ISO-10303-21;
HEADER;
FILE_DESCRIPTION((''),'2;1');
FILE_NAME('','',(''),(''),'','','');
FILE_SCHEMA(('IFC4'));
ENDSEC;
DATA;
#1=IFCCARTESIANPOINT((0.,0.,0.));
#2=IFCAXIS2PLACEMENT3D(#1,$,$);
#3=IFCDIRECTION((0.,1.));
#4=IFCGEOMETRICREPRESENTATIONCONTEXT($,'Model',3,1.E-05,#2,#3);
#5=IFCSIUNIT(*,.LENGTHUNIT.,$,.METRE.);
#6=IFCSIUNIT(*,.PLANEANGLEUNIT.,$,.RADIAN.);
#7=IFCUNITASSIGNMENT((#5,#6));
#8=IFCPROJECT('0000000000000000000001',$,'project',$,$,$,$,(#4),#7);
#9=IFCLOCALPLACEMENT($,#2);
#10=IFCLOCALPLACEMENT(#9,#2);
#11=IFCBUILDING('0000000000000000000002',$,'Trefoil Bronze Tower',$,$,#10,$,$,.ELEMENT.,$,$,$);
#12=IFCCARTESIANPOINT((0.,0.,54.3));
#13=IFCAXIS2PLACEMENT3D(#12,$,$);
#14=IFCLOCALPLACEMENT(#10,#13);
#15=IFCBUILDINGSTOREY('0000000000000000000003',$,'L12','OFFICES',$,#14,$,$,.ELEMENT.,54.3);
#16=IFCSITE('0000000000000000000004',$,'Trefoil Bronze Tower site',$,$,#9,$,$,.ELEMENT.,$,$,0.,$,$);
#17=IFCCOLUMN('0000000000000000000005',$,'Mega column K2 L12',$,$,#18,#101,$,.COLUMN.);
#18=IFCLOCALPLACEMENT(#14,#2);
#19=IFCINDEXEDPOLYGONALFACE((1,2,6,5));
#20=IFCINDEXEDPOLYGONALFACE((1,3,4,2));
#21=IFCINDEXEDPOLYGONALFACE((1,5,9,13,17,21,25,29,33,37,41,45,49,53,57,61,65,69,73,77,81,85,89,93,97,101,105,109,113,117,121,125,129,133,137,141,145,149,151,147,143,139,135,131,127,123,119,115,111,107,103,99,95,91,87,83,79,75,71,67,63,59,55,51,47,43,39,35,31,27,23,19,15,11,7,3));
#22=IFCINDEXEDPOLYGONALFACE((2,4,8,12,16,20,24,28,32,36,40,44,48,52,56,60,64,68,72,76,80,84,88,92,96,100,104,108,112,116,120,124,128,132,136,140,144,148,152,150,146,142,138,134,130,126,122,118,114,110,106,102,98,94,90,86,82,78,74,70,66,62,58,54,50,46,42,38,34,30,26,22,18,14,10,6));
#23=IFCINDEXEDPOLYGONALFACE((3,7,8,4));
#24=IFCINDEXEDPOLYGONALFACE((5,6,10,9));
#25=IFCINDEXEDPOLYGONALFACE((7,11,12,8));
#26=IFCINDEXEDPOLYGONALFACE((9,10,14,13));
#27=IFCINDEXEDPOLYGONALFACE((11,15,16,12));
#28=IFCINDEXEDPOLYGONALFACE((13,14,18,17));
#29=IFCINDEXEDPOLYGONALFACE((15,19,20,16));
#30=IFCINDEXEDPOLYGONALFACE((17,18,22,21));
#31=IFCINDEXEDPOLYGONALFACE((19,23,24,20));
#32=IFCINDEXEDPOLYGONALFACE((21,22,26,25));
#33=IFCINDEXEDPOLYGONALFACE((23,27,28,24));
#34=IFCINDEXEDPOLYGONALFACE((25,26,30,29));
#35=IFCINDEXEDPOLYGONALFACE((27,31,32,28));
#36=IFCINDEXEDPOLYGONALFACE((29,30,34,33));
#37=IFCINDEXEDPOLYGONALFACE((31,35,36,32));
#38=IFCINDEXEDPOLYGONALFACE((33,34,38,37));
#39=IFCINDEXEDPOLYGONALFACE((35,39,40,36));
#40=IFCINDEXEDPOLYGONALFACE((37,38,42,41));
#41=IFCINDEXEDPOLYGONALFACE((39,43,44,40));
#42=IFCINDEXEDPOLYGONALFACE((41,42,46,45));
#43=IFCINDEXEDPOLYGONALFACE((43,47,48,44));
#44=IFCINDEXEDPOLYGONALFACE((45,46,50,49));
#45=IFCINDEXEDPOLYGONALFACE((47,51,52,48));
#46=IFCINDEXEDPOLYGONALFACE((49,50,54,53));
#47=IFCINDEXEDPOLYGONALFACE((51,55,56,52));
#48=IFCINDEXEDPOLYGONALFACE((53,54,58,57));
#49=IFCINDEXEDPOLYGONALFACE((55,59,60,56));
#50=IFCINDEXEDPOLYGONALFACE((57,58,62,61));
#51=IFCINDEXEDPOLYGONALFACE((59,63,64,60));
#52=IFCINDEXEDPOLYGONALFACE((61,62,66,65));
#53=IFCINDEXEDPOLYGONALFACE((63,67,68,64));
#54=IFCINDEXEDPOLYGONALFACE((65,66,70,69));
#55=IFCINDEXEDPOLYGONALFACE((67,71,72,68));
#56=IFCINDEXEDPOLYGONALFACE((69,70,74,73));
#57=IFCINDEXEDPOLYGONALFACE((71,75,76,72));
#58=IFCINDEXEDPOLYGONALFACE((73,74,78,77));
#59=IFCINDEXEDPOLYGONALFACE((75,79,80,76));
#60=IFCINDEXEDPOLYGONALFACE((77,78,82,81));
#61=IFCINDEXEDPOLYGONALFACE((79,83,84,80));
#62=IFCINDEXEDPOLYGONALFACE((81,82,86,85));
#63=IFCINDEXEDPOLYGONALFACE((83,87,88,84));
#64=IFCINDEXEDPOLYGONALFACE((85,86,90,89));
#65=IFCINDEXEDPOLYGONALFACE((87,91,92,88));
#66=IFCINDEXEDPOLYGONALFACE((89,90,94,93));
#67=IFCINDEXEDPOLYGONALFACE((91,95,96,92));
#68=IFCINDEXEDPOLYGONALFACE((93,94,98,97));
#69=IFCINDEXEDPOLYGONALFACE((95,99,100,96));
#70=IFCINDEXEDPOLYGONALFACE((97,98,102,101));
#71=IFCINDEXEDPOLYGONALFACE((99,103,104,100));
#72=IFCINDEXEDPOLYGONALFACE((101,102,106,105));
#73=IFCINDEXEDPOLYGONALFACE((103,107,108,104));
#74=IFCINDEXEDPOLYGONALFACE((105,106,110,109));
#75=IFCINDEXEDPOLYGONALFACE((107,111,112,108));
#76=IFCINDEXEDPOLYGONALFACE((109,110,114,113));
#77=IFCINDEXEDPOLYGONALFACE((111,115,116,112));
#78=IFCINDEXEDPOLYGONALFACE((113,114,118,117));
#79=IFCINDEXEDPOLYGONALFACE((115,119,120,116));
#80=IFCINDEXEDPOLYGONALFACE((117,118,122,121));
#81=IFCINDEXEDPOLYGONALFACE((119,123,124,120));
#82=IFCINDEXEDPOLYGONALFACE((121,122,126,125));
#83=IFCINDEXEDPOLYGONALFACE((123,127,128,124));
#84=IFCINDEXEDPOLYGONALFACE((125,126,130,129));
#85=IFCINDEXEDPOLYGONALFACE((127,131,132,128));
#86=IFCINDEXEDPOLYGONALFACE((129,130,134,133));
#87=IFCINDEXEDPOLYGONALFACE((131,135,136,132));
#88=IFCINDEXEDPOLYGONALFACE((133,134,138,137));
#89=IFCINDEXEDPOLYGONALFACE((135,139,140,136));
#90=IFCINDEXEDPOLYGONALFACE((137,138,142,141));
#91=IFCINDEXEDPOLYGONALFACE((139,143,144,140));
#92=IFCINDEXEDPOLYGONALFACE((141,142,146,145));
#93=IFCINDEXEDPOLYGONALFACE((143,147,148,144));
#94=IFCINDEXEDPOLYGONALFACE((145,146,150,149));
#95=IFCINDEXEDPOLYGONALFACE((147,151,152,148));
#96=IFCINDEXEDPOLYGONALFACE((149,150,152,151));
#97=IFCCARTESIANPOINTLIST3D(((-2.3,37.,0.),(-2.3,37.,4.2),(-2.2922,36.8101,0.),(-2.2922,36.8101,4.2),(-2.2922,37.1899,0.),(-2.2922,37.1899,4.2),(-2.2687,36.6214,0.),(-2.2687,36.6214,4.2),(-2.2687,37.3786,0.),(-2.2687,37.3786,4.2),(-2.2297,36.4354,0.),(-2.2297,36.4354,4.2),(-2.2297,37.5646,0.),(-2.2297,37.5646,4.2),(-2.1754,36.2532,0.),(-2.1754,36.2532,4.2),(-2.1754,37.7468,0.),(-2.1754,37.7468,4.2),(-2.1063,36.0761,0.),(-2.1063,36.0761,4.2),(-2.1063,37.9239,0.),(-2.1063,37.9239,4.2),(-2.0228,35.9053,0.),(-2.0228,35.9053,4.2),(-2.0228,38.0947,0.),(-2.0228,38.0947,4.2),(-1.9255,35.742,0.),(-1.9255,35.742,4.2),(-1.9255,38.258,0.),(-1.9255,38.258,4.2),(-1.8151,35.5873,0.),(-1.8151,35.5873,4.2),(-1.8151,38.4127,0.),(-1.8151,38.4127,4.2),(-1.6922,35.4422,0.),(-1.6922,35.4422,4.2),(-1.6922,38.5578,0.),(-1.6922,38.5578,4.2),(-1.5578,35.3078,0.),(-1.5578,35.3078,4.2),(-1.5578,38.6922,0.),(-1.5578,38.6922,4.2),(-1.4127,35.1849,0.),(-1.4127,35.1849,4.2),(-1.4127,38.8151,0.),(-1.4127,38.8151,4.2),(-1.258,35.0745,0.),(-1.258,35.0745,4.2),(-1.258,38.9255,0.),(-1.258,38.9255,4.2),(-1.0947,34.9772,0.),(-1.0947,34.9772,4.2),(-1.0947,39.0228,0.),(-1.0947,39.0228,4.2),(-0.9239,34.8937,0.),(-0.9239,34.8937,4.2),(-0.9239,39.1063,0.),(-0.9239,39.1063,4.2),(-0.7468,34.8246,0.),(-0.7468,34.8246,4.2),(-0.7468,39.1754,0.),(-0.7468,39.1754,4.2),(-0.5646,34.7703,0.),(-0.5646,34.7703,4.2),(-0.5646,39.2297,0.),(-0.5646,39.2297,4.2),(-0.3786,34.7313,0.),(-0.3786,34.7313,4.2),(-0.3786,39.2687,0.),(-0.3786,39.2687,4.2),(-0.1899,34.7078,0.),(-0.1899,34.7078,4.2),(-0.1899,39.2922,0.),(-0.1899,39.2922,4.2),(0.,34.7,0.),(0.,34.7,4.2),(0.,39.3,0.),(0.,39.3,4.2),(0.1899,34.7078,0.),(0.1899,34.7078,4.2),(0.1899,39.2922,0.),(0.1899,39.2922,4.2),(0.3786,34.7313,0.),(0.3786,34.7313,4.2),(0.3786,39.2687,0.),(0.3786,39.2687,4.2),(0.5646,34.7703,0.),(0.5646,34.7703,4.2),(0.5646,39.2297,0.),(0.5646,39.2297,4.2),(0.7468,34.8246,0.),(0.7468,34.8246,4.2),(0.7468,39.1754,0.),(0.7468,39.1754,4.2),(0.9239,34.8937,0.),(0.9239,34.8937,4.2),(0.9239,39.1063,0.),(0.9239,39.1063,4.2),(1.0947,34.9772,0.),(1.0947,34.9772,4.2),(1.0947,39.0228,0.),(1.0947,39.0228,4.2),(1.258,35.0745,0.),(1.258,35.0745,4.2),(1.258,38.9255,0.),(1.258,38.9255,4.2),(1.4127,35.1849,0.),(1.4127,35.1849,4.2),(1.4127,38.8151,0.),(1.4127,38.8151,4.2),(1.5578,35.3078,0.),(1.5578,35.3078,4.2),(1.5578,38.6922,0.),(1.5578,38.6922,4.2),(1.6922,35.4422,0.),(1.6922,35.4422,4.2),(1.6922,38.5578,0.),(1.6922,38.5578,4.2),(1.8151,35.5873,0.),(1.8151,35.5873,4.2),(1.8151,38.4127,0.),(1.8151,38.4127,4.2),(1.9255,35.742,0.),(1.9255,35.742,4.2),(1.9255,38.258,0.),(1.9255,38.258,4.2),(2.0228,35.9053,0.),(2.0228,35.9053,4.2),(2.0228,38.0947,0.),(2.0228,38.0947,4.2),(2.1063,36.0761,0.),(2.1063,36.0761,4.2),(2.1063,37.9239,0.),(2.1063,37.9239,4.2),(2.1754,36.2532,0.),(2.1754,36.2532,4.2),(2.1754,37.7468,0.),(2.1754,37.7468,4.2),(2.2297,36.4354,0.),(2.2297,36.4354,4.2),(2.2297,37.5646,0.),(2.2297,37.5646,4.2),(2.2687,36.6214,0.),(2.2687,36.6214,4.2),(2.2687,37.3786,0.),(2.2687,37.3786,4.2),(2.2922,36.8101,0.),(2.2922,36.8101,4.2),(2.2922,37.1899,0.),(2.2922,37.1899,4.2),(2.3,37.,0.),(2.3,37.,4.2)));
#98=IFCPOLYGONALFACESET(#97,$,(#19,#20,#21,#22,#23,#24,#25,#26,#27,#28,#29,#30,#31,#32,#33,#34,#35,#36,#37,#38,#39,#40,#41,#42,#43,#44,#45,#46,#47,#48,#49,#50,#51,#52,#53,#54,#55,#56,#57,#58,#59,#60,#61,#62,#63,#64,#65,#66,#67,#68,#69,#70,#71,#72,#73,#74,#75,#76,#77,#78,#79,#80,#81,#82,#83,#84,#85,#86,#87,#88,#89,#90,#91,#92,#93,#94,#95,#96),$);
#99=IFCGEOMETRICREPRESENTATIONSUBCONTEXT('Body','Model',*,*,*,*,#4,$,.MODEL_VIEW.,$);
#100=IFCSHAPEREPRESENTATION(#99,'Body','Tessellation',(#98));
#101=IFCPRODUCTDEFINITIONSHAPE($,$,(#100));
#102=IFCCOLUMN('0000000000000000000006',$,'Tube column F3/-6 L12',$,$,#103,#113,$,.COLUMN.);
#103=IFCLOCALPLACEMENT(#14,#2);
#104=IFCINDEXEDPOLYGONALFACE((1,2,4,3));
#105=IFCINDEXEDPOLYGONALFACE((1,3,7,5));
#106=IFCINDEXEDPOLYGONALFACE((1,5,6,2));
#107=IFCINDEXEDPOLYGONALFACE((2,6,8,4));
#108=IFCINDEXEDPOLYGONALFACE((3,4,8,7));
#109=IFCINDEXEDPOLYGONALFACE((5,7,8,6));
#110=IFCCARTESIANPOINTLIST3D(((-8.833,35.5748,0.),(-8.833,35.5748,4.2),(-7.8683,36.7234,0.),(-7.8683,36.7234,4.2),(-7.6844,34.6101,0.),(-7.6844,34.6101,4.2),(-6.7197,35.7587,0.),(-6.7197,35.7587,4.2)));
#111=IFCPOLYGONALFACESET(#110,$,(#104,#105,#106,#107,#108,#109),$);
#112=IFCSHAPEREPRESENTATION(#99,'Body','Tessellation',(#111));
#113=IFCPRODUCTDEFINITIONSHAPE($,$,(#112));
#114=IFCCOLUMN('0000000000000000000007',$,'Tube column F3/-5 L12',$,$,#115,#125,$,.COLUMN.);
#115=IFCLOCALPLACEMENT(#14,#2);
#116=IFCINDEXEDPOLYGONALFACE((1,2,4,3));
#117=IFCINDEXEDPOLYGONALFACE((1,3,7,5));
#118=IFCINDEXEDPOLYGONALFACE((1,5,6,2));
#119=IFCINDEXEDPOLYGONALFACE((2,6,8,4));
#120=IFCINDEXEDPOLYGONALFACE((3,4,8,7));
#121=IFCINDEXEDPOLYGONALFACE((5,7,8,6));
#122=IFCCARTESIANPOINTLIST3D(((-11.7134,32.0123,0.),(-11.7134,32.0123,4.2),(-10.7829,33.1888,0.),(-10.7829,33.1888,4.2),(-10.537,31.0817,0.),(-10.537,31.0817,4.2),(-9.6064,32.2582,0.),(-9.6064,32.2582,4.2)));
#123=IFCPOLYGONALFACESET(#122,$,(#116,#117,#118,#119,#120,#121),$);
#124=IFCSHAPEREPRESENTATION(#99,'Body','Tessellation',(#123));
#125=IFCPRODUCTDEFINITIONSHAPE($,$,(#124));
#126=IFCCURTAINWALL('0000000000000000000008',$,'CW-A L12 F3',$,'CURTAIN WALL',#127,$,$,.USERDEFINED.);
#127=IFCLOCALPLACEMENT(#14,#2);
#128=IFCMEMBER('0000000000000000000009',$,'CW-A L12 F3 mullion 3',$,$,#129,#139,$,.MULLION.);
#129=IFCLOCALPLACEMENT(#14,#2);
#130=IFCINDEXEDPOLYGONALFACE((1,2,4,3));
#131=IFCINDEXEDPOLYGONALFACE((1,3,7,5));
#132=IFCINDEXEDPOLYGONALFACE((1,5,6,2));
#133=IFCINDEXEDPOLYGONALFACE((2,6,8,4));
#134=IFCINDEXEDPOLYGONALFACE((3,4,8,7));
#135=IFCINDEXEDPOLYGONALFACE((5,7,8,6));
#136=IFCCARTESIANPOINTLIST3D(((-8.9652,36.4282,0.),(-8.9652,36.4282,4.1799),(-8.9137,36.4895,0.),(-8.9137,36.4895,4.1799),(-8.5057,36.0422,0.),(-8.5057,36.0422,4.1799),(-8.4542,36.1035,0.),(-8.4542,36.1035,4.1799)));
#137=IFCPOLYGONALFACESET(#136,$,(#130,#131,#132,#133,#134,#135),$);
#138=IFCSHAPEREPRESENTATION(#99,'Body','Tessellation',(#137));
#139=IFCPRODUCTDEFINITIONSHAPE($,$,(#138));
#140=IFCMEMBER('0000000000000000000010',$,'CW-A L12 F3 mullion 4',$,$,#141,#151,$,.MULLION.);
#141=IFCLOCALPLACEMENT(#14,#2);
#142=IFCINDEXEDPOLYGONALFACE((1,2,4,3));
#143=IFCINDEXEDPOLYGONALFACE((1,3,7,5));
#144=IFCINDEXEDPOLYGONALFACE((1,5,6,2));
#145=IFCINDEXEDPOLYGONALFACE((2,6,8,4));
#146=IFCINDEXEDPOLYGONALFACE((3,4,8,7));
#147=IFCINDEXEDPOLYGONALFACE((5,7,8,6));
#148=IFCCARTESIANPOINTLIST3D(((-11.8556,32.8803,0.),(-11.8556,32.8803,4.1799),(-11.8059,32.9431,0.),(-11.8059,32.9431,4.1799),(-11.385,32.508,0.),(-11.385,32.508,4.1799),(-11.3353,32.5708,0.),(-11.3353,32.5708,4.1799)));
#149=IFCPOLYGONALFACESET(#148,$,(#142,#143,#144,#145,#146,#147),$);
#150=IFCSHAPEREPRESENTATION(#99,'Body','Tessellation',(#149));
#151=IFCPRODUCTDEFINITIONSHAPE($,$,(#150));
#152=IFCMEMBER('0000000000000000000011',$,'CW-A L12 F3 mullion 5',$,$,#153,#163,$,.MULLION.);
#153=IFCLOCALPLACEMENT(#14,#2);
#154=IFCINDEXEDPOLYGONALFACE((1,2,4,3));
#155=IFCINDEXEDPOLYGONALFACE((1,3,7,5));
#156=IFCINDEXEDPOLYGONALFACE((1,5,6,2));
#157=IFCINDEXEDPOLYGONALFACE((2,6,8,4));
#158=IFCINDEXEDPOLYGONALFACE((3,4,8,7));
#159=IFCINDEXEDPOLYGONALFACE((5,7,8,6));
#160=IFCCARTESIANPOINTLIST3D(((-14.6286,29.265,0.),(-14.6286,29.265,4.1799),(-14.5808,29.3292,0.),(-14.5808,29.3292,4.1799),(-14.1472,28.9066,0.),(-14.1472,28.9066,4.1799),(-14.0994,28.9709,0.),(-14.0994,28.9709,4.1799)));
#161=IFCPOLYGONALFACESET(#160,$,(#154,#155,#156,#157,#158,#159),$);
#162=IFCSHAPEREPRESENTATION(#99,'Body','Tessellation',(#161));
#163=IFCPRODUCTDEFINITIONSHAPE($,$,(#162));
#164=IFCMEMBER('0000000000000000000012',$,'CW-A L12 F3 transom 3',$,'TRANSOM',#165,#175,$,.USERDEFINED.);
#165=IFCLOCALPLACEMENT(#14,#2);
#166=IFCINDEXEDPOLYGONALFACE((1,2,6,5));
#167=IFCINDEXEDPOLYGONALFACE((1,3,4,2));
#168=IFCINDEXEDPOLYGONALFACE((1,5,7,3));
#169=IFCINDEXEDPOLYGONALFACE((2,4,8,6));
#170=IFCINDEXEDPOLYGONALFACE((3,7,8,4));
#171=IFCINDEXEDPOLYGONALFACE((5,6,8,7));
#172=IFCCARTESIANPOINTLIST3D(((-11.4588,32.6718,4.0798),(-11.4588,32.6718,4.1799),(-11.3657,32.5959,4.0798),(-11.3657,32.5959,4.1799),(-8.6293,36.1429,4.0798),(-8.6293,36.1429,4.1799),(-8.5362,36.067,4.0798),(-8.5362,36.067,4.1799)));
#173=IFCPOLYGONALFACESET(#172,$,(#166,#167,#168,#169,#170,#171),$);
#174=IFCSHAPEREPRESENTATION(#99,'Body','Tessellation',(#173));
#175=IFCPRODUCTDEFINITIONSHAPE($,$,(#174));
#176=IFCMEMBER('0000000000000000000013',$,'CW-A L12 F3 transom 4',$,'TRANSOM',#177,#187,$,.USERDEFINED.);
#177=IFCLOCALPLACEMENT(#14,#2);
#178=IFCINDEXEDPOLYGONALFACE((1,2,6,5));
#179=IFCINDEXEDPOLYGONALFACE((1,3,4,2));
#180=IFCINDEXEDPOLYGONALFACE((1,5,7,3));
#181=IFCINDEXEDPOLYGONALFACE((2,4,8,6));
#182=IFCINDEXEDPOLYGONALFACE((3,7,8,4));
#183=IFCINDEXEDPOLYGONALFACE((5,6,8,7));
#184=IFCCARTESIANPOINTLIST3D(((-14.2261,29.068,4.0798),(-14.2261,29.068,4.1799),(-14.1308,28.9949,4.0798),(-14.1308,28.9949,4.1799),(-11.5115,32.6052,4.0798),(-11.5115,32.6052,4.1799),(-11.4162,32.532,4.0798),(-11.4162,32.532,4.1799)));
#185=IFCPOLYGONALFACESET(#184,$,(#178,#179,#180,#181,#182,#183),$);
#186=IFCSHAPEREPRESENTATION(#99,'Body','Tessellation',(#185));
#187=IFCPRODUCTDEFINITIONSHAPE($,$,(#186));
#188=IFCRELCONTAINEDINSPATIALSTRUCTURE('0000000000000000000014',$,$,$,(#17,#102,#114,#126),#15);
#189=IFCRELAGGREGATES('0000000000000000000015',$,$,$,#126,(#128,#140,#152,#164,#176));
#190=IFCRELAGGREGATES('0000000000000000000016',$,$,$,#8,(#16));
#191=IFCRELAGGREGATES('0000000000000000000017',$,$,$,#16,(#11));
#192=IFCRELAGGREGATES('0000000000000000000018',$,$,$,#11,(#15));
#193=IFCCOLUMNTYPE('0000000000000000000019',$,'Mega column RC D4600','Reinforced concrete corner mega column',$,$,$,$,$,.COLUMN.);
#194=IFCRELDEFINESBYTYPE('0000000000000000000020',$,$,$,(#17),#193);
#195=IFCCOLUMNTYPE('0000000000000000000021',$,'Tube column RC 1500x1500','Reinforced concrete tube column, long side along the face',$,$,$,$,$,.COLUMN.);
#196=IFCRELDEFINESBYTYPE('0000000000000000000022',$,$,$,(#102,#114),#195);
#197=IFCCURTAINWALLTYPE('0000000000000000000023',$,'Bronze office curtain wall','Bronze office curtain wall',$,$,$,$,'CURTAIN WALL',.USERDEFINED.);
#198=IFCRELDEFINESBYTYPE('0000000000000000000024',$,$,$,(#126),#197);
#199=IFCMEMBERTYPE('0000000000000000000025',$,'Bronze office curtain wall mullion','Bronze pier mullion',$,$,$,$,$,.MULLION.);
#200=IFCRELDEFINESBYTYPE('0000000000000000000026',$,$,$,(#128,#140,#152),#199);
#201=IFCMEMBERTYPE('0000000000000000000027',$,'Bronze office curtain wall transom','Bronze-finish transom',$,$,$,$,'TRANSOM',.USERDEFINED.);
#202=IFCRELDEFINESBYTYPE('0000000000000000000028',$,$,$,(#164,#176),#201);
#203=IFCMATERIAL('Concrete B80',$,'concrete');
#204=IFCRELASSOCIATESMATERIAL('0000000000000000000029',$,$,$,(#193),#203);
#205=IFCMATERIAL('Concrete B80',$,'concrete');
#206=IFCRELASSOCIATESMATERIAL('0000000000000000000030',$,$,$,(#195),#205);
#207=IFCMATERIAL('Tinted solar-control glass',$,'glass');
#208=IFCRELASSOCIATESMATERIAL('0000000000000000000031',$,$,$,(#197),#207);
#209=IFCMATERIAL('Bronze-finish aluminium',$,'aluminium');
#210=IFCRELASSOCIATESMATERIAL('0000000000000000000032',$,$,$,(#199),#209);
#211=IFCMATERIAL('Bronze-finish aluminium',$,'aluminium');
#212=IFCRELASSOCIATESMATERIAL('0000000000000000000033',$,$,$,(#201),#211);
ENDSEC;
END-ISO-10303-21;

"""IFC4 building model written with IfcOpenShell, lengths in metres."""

from ifc_helpers import new_model, si_unit, direction, frame, origin, origin_2d, place, context, subcontext, project, spatial, rectangle, circle, extrude, material, material_profile, profile_set, type_object, element, aggregate, save


model = new_model("IFC4")

# Units and contexts
model_context = context("Model", 3, precision=1e-05, world=origin(), true_north=direction((0.0, 1.0)))
body_context = subcontext(model_context, "Body", "Model", "MODEL_VIEW")
ifc_project = project(units=[si_unit("LENGTHUNIT", "METRE"), si_unit("PLANEANGLEUNIT", "RADIAN")], contexts=[model_context])

# Site, building, storey
site_placement = place(None, origin())
site = spatial("IfcSite", under=ifc_project, at=site_placement, Name="Trefoil Bronze Tower site", CompositionType="ELEMENT", RefElevation=0.0)
building_placement = place(site_placement, origin())
building = spatial("IfcBuilding", under=site, at=building_placement, Name="Trefoil Bronze Tower", CompositionType="ELEMENT")
storey_placement = place(building_placement, frame((0.0, 0.0, 54.3)))
storey = spatial("IfcBuildingStorey", under=building, at=storey_placement, Name="L12", Description="OFFICES", CompositionType="ELEMENT", Elevation=54.3)

# Columns
ifc_material_1 = material(Name="Concrete B80", Category="concrete")
ifc_material_profile_1 = material_profile(ifc_material_1, circle(Radius=2.3, at=origin_2d()), Name="RC D4600")
ifc_profile_set_1 = profile_set([ifc_material_profile_1], Name="Concrete B80")
column_type_1 = type_object("IfcColumnType", Name="Mega column RC D4600", Description="Reinforced concrete corner mega column", PredefinedType="COLUMN", material=ifc_profile_set_1)
column_placement = place(storey_placement, frame((0.0, 37.0, 0.0), z_axis=(0.0, 0.0, 1.0), x_axis=(1.0, 0.0, 0.0)))
element("IfcColumn", 1, at=column_placement, inside=storey, type_object=column_type_1, Name="Mega column K2 L12", PredefinedType="COLUMN", context=body_context, shape_type="SweptSolid", body=[
    extrude(circle(Radius=2.3, at=origin_2d()), origin(), (0.0, 0.0, 1.0), 4.2),
])
ifc_material_2 = material(Name="Concrete B80", Category="concrete")
ifc_material_profile_2 = material_profile(ifc_material_2, rectangle(XDim=1.5, YDim=1.5, at=origin_2d()), Name="RC 1500x1500")
ifc_profile_set_2 = profile_set([ifc_material_profile_2], Name="Concrete B80")
column_type_2 = type_object("IfcColumnType", Name="Tube column RC 1500x1500", Description="Reinforced concrete tube column, long side along the face", PredefinedType="COLUMN", material=ifc_profile_set_2)
for number, where, z_axis, x_axis, name in (
    (2, (-7.7764, 35.6667, 0.0), (0.0, 0.0, 1.0), (-0.643163, -0.765729, 0.0), "Tube column F3/-6 L12"),
    (3, (-10.6599, 32.1353, 0.0), (0.0, 0.0, 1.0), (-0.620376, -0.784305, 0.0), "Tube column F3/-5 L12"),
):
    element("IfcColumn", number, at=place(storey_placement, frame(where, z_axis=z_axis, x_axis=x_axis)), inside=storey, type_object=column_type_2, Name=name, PredefinedType="COLUMN", context=body_context, shape_type="SweptSolid", body=[
        extrude(rectangle(XDim=1.5, YDim=1.5, at=origin_2d()), origin(), (0.0, 0.0, 1.0), 4.2),
    ])

# Curtain wall, members
ifc_material_3 = material(Name="Tinted solar-control glass", Category="glass")
curtain_wall_type = type_object("IfcCurtainWallType", Name="Bronze office curtain wall", Description="Bronze office curtain wall", ElementType="CURTAIN WALL", PredefinedType="USERDEFINED", material=ifc_material_3)
curtain_wall_placement = place(storey_placement, origin())
curtain_wall = element("IfcCurtainWall", 4, at=curtain_wall_placement, inside=storey, type_object=curtain_wall_type, Name="CW-A L12 F3", ObjectType="CURTAIN WALL", PredefinedType="USERDEFINED")
ifc_material_4 = material(Name="Bronze-finish aluminium", Category="aluminium")
ifc_material_profile_3 = material_profile(ifc_material_4, rectangle(XDim=0.6001, YDim=0.0801, at=origin_2d()), Name="CW-A mullion")
ifc_profile_set_3 = profile_set([ifc_material_profile_3], Name="Bronze-finish aluminium")
member_type_1 = type_object("IfcMemberType", Name="Bronze office curtain wall mullion", Description="Bronze pier mullion", PredefinedType="MULLION", material=ifc_profile_set_3)
member_1_placement = place(storey_placement, frame((-8.7097, 36.2659, 0.0), z_axis=(0.0, 0.0, 1.0), x_axis=(0.765729, -0.643163, 0.0)))
member_1 = element("IfcMember", 5, at=member_1_placement, type_object=member_type_1, Name="CW-A L12 F3 mullion 3", PredefinedType="MULLION", context=body_context, shape_type="SweptSolid", body=[
    extrude(rectangle(XDim=0.6001, YDim=0.0801, at=origin_2d()), origin(), (0.0, 0.0, 1.0), 4.1799),
])
member_2_placement = place(storey_placement, frame((-11.5955, 32.7256, 0.0), z_axis=(0.0, 0.0, 1.0), x_axis=(0.784305, -0.620376, 0.0)))
member_2 = element("IfcMember", 6, at=member_2_placement, type_object=member_type_1, Name="CW-A L12 F3 mullion 4", PredefinedType="MULLION", context=body_context, shape_type="SweptSolid", body=[
    extrude(rectangle(XDim=0.6001, YDim=0.0801, at=origin_2d()), origin(), (0.0, 0.0, 1.0), 4.1799),
])
member_3_placement = place(storey_placement, frame((-14.364, 29.1179, 0.0), z_axis=(0.0, 0.0, 1.0), x_axis=(0.802127, -0.597154, 0.0)))
member_3 = element("IfcMember", 7, at=member_3_placement, type_object=member_type_1, Name="CW-A L12 F3 mullion 5", PredefinedType="MULLION", context=body_context, shape_type="SweptSolid", body=[
    extrude(rectangle(XDim=0.6001, YDim=0.0801, at=origin_2d()), origin(), (0.0, 0.0, 1.0), 4.1799),
])
ifc_material_5 = material(Name="Bronze-finish aluminium", Category="aluminium")
ifc_material_profile_4 = material_profile(ifc_material_5, rectangle(XDim=0.1201, YDim=0.1001, at=origin_2d()), Name="CW-A transom")
ifc_profile_set_4 = profile_set([ifc_material_profile_4], Name="Bronze-finish aluminium")
member_type_2 = type_object("IfcMemberType", Name="Bronze office curtain wall transom", Description="Bronze-finish transom", ElementType="TRANSOM", PredefinedType="USERDEFINED", material=ifc_profile_set_4)
member_4_placement = place(storey_placement, frame((-8.5828, 36.105, 4.1299), z_axis=(-0.631836, -0.775102, 0.0), x_axis=(0.775102, -0.631836, 0.0)))
member_4 = element("IfcMember", 8, at=member_4_placement, type_object=member_type_2, Name="CW-A L12 F3 transom 3", ObjectType="TRANSOM", PredefinedType="USERDEFINED", context=body_context, shape_type="SweptSolid", body=[
    extrude(rectangle(XDim=0.1201, YDim=0.1001, at=origin_2d()), origin(), (0.0, 0.0, 1.0), 4.4783),
])
member_5_placement = place(storey_placement, frame((-11.4639, 32.5686, 4.1299), z_axis=(-0.608829, -0.793301, 0.0), x_axis=(0.793301, -0.608829, 0.0)))
member_5 = element("IfcMember", 9, at=member_5_placement, type_object=member_type_2, Name="CW-A L12 F3 transom 4", ObjectType="TRANSOM", PredefinedType="USERDEFINED", context=body_context, shape_type="SweptSolid", body=[
    extrude(rectangle(XDim=0.1201, YDim=0.1001, at=origin_2d()), origin(), (0.0, 0.0, 1.0), 4.4587),
])

aggregate(curtain_wall, [member_1, member_2, member_3, member_4, member_5])

save(model, "model.ifc")
